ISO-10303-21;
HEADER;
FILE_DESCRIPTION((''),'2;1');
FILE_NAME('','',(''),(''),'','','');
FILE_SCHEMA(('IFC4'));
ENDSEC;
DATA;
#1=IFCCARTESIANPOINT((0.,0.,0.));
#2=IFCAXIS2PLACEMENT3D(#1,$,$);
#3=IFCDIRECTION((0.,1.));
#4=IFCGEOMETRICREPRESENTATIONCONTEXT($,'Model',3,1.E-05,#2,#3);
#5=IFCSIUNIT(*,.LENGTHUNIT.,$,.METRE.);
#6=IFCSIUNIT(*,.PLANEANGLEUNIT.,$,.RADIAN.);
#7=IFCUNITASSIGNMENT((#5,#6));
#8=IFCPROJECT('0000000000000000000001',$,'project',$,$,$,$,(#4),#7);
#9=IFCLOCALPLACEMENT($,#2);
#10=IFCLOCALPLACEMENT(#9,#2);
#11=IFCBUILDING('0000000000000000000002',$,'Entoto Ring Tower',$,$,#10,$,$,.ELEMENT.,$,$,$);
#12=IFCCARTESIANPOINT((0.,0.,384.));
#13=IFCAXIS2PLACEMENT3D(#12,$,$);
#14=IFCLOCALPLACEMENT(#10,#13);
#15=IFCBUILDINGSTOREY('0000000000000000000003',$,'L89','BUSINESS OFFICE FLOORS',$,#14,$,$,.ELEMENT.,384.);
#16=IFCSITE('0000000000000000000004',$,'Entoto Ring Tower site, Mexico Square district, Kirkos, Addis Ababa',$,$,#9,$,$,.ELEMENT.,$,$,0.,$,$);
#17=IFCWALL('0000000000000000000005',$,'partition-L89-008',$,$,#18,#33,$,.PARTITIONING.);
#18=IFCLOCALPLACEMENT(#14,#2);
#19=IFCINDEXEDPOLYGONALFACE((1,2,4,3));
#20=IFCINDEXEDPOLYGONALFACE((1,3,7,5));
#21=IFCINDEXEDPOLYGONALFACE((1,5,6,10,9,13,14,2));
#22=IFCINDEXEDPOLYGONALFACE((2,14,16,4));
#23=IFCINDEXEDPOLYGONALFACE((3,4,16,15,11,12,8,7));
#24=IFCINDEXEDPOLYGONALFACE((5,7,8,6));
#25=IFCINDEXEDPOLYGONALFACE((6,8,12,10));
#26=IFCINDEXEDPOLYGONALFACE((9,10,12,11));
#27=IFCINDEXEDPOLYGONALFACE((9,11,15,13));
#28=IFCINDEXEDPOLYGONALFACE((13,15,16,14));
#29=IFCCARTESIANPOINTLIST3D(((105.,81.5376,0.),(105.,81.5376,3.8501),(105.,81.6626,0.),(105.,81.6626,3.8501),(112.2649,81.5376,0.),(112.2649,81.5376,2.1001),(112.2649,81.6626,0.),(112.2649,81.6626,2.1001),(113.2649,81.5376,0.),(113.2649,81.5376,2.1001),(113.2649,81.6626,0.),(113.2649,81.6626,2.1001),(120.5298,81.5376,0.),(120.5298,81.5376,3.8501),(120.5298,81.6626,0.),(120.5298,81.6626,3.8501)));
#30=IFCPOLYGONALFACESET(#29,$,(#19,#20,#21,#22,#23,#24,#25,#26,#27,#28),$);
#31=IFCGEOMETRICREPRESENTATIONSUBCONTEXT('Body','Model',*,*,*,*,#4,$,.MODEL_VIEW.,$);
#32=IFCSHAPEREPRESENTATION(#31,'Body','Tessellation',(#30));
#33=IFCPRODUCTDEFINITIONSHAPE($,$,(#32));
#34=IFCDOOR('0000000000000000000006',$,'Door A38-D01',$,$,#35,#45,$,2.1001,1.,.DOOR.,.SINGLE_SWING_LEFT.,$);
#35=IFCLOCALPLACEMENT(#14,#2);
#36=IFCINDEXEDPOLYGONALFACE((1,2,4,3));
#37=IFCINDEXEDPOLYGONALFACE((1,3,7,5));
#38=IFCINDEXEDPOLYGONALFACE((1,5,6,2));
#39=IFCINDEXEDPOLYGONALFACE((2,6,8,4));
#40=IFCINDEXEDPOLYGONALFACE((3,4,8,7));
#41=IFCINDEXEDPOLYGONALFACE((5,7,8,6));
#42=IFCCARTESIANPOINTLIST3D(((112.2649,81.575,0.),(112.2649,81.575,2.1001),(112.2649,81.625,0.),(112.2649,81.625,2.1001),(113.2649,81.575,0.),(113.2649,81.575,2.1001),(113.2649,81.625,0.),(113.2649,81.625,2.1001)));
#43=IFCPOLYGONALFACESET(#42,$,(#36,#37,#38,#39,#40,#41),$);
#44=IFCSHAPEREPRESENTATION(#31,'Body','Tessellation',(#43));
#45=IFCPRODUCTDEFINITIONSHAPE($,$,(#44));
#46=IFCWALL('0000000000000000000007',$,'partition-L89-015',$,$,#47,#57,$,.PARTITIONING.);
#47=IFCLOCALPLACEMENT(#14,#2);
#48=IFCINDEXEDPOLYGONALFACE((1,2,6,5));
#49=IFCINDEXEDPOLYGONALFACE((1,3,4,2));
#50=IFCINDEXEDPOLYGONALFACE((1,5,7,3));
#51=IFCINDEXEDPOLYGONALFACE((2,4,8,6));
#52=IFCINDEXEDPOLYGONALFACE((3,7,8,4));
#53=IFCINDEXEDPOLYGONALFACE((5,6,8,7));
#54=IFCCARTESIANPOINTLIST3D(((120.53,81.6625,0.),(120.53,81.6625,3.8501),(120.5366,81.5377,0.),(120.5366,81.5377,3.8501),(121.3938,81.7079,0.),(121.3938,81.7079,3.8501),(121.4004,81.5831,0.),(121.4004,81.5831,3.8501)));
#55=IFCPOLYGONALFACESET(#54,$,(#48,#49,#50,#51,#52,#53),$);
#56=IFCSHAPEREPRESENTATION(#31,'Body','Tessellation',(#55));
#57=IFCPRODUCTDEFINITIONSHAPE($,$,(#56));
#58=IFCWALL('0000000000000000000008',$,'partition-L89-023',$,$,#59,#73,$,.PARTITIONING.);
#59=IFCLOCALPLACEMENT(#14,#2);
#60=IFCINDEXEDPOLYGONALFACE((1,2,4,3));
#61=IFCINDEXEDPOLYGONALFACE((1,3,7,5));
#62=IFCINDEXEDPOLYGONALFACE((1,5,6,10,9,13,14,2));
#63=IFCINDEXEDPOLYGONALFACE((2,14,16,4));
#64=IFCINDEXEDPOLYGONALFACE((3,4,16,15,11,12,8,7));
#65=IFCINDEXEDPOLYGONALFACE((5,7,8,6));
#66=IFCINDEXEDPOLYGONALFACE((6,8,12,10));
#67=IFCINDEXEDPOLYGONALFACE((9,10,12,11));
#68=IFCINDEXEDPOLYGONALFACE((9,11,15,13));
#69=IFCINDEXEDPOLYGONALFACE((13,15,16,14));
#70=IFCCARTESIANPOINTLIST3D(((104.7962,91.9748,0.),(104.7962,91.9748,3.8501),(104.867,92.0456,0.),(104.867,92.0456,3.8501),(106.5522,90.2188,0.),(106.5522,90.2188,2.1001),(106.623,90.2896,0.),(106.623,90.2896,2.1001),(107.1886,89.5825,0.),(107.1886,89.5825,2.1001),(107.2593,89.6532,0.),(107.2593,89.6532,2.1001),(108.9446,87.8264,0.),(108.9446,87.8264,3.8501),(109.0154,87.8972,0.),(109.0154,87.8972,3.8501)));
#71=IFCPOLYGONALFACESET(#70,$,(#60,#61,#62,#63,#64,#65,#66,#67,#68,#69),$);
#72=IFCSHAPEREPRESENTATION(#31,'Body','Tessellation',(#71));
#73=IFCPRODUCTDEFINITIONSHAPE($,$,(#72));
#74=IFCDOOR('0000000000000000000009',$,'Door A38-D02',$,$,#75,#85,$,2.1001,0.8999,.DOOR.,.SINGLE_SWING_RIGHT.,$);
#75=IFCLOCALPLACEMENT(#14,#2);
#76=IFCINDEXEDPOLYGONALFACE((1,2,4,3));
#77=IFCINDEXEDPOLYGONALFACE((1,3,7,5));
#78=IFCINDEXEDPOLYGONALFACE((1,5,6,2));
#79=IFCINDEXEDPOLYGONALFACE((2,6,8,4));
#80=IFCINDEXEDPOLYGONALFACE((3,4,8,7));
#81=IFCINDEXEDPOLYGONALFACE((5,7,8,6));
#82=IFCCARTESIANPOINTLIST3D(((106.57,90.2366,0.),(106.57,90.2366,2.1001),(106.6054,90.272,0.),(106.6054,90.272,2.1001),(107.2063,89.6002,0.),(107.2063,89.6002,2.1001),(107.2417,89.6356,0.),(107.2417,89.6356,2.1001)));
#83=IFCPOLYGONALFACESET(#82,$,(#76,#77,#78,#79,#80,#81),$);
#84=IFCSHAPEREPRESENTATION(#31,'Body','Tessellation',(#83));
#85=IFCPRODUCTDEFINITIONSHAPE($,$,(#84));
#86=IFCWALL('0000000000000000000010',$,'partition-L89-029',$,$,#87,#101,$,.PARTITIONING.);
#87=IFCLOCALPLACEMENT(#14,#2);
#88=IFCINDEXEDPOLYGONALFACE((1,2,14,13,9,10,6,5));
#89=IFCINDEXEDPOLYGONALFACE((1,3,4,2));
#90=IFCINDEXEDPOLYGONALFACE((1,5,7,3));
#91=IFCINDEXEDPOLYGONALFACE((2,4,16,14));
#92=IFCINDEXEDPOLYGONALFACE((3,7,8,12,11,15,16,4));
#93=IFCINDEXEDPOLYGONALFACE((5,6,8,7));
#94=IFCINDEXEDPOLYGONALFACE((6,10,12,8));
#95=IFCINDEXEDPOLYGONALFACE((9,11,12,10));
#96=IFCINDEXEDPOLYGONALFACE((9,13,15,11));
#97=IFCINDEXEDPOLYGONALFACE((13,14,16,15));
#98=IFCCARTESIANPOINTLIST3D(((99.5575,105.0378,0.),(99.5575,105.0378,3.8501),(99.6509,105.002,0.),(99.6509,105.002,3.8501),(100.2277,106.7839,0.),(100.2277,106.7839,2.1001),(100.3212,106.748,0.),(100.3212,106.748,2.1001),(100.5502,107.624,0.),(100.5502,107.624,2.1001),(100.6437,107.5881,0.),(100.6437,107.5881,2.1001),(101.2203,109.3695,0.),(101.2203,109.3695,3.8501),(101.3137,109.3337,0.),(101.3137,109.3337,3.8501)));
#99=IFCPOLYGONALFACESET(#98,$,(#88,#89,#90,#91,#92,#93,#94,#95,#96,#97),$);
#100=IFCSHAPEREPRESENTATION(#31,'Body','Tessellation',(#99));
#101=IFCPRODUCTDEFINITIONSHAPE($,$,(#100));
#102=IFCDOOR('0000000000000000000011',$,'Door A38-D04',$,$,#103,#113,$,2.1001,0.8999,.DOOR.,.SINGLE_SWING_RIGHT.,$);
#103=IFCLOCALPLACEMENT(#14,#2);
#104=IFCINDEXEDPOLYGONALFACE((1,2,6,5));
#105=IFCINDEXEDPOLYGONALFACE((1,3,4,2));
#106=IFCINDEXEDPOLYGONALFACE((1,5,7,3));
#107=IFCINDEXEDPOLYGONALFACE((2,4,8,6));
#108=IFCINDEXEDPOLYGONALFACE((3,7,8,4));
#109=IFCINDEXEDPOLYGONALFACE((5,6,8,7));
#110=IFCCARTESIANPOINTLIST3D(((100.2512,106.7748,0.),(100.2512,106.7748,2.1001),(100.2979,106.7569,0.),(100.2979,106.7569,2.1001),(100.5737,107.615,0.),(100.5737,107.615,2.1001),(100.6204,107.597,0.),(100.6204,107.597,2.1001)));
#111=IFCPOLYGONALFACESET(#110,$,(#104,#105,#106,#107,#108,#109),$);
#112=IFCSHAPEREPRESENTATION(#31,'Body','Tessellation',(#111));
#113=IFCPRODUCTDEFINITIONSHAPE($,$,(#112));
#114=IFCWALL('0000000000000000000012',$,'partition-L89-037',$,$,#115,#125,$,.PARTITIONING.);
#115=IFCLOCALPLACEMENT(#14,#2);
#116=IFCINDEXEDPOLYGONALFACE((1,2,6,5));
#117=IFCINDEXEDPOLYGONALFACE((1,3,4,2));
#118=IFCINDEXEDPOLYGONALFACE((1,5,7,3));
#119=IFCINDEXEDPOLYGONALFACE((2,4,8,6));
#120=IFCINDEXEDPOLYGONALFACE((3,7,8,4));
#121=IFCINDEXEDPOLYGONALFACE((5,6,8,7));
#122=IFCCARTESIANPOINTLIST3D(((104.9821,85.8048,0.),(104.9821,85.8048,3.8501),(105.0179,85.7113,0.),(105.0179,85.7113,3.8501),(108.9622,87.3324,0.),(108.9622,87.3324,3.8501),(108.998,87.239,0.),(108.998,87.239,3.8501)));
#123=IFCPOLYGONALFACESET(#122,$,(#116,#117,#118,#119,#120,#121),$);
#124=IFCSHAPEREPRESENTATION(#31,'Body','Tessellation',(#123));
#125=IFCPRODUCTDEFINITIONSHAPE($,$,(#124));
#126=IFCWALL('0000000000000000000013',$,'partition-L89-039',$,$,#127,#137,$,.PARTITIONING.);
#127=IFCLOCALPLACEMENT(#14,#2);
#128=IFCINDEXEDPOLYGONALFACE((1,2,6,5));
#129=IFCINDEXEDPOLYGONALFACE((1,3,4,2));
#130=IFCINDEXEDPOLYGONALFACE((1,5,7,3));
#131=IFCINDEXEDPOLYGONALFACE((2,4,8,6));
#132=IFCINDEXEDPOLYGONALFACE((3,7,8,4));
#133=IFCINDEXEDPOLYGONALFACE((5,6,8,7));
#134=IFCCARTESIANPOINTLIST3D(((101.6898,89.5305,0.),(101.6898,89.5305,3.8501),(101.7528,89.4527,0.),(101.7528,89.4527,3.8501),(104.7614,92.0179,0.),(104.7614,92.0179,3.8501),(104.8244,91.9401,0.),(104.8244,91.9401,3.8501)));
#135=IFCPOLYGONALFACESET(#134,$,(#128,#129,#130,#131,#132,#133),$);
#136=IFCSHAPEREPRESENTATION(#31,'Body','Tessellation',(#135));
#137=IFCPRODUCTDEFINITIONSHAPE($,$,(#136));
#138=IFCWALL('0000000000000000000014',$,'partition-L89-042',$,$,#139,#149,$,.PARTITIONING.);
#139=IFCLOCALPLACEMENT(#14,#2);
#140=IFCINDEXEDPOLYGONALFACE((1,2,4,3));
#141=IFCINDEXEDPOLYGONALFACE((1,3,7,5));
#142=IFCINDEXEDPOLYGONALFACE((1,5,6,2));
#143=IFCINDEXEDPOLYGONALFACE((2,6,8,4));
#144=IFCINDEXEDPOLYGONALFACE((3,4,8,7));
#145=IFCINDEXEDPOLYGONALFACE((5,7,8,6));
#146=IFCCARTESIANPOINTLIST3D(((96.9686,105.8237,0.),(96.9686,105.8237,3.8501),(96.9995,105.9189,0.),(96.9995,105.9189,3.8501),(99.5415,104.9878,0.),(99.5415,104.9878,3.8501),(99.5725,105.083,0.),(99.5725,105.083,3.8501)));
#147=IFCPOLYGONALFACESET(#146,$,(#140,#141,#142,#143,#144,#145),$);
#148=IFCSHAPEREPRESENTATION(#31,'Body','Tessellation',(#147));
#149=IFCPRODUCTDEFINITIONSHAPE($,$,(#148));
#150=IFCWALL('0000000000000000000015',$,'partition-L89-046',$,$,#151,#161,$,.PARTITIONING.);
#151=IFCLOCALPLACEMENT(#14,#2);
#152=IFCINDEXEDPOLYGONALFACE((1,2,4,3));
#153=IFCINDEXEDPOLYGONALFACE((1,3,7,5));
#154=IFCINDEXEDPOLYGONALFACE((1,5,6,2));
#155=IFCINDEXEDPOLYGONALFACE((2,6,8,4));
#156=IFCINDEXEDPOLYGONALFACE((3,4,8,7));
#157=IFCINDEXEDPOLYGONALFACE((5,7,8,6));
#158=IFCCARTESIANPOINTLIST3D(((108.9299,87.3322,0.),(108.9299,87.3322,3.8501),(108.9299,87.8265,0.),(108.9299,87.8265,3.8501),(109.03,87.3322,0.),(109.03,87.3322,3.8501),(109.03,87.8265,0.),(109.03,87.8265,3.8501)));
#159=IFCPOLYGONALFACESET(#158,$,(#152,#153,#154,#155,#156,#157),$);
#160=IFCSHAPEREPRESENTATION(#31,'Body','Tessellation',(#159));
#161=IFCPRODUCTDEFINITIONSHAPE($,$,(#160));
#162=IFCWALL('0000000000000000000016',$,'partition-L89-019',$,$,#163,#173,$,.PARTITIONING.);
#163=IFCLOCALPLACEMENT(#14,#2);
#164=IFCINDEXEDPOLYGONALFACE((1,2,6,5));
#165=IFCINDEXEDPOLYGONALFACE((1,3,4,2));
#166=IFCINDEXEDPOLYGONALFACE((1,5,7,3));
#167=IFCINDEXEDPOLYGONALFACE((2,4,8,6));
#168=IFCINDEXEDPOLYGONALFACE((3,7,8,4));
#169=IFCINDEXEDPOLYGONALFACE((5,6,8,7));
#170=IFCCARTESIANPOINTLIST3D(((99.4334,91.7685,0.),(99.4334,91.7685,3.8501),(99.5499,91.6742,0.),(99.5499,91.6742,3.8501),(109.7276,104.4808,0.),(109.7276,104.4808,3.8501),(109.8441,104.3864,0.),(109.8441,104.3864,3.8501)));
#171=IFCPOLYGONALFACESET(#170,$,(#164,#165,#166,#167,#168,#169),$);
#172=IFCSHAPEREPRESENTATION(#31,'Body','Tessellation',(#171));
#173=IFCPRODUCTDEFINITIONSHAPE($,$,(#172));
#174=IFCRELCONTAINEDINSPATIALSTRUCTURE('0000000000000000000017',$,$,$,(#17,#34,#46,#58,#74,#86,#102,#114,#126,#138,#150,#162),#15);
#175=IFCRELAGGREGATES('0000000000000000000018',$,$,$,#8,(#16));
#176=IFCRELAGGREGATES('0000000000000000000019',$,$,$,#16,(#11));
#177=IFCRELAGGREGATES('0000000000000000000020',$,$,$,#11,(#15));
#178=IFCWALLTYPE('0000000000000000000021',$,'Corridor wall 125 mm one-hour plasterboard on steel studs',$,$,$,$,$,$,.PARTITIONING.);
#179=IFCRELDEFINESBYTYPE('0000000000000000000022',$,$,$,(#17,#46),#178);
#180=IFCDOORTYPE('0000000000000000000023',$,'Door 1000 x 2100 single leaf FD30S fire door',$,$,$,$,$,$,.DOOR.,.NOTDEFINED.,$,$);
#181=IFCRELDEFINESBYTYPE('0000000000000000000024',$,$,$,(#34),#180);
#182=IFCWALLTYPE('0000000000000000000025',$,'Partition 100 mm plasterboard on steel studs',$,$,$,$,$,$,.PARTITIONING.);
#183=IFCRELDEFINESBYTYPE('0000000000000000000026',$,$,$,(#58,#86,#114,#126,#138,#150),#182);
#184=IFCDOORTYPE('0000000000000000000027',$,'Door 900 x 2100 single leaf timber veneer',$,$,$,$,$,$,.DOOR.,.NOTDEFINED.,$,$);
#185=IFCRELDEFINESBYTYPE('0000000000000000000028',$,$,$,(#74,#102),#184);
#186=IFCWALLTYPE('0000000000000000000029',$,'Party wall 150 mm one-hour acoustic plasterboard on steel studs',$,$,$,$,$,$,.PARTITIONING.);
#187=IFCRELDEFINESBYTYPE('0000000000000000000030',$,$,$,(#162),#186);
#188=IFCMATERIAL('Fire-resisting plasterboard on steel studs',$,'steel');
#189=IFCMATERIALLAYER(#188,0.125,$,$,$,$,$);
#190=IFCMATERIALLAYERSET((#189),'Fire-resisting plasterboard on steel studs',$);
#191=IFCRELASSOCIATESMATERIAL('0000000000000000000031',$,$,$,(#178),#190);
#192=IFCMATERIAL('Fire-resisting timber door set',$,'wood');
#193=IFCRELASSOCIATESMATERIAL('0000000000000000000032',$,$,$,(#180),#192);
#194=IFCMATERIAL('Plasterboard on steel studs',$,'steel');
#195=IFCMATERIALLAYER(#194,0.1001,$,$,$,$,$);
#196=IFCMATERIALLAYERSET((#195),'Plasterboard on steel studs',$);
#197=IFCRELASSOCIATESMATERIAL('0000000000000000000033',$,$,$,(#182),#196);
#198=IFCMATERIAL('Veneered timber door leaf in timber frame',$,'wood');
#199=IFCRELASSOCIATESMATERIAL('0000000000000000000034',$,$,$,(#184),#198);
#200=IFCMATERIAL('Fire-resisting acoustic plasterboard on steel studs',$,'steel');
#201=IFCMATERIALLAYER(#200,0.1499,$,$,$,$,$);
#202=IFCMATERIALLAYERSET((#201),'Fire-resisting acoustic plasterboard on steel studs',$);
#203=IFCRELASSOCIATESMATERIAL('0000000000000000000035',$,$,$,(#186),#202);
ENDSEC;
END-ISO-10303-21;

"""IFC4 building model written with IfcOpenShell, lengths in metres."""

from ifc_helpers import new_model, si_unit, direction, frame, frame_2d, origin, place, context, subcontext, project, spatial, rectangle, extrude, material, layer, layer_set, type_object, element, fill, save


model = new_model("IFC4")

# Units and contexts
model_context = context("Model", 3, precision=1e-05, world=origin(), true_north=direction((0.0, 1.0)))
body_context = subcontext(model_context, "Body", "Model", "MODEL_VIEW")
ifc_project = project(units=[si_unit("LENGTHUNIT", "METRE"), si_unit("PLANEANGLEUNIT", "RADIAN")], contexts=[model_context])

# Site, building, storey
site_placement = place(None, origin())
site = spatial("IfcSite", under=ifc_project, at=site_placement, Name="Entoto Ring Tower site, Mexico Square district, Kirkos, Addis Ababa", CompositionType="ELEMENT", RefElevation=0.0)
building_placement = place(site_placement, origin())
building = spatial("IfcBuilding", under=site, at=building_placement, Name="Entoto Ring Tower", CompositionType="ELEMENT")
storey_placement = place(building_placement, frame((0.0, 0.0, 384.0)))
storey = spatial("IfcBuildingStorey", under=building, at=storey_placement, Name="L89", Description="BUSINESS OFFICE FLOORS", CompositionType="ELEMENT", Elevation=384.0)

# Wall, opening, door
ifc_material_1 = material(Name="Fire-resisting plasterboard on steel studs", Category="steel")
ifc_layer_1 = layer(ifc_material_1, 0.125)
ifc_layer_set_1 = layer_set([ifc_layer_1], Name="Fire-resisting plasterboard on steel studs")
wall_type_1 = type_object("IfcWallType", Name="Corridor wall 125 mm one-hour plasterboard on steel studs", PredefinedType="PARTITIONING", material=ifc_layer_set_1)
ifc_material_2 = material(Name="Fire-resisting timber door set", Category="wood")
door_type_1 = type_object("IfcDoorType", Name="Door 1000 x 2100 single leaf FD30S fire door", OperationType="NOTDEFINED", PredefinedType="DOOR", material=ifc_material_2)
wall_1_placement = place(storey_placement, frame((105.0, 81.6001, 0.0), z_axis=(0.0, 0.0, 1.0), x_axis=(1.0, 0.0, 0.0)))
wall_1 = element("IfcWall", 1, at=wall_1_placement, inside=storey, type_object=wall_type_1, Name="partition-L89-008", PredefinedType="PARTITIONING", context=body_context, shape_type="SweptSolid", body=[
    extrude(rectangle(XDim=15.5298, YDim=0.125, at=frame_2d((7.7649, 0.0))), origin(), (0.0, 0.0, 1.0), 3.8501),
])
opening_1_placement = place(wall_1_placement, frame((7.2649, 0.0, 0.0)))
opening_1 = element("IfcOpeningElement", 2, at=opening_1_placement, cuts=wall_1, PredefinedType="OPENING", context=body_context, shape_type="SweptSolid", body=[
    extrude(rectangle(XDim=1.0, YDim=2.1001, at=frame_2d((0.5, 1.05))), frame((0.0, 0.0725, 0.0), z_axis=(0.0, -1.0, 0.0), x_axis=(1.0, 0.0, 0.0)), (0.0, 0.0, 1.0), 0.145),
])
door_1_placement = place(opening_1_placement, origin())
door_1 = element("IfcDoor", 3, at=door_1_placement, inside=storey, type_object=door_type_1, Name="Door A38-D01", OperationType="SINGLE_SWING_LEFT", OverallHeight=2.1001, OverallWidth=1.0, PredefinedType="DOOR", context=body_context, shape_type="SweptSolid", body=[
    extrude(rectangle(XDim=1.0, YDim=2.1001, at=frame_2d((0.5, 1.05))), frame((0.0, 0.0249, 0.0), z_axis=(0.0, -1.0, 0.0), x_axis=(1.0, 0.0, 0.0)), (0.0, 0.0, 1.0), 0.05),
])
fill(opening_1, door_1)

# Wall
wall_2_placement = place(storey_placement, frame((120.5332, 81.6001, 0.0), z_axis=(0.0, 0.0, 1.0), x_axis=(0.998621, 0.0525, 0.0)))
element("IfcWall", 4, at=wall_2_placement, inside=storey, type_object=wall_type_1, Name="partition-L89-015", PredefinedType="PARTITIONING", context=body_context, shape_type="SweptSolid", body=[
    extrude(rectangle(XDim=0.865, YDim=0.125, at=frame_2d((0.4326, 0.0))), origin(), (0.0, 0.0, 1.0), 3.8501),
])

# Walls, openings, doors
ifc_material_3 = material(Name="Plasterboard on steel studs", Category="steel")
ifc_layer_2 = layer(ifc_material_3, 0.1001)
ifc_layer_set_2 = layer_set([ifc_layer_2], Name="Plasterboard on steel studs")
wall_type_2 = type_object("IfcWallType", Name="Partition 100 mm plasterboard on steel studs", PredefinedType="PARTITIONING", material=ifc_layer_set_2)
wall_3_placement = place(storey_placement, frame((108.98, 87.8618, 0.0), z_axis=(0.0, 0.0, 1.0), x_axis=(-0.707107, 0.707107, 0.0)))
wall_3 = element("IfcWall", 5, at=wall_3_placement, inside=storey, type_object=wall_type_2, Name="partition-L89-023", PredefinedType="PARTITIONING", context=body_context, shape_type="SweptSolid", body=[
    extrude(rectangle(XDim=5.8667, YDim=0.1001, at=frame_2d((2.9333, 0.0))), origin(), (0.0, 0.0, 1.0), 3.8501),
])
opening_2_placement = place(wall_3_placement, frame((2.4834, 0.0, 0.0)))
opening_2 = element("IfcOpeningElement", 6, at=opening_2_placement, cuts=wall_3, PredefinedType="OPENING", context=body_context, shape_type="SweptSolid", body=[
    extrude(rectangle(XDim=0.8999, YDim=2.1001, at=frame_2d((0.45, 1.05))), frame((0.0, 0.0601, 0.0), z_axis=(0.0, -1.0, 0.0), x_axis=(1.0, 0.0, 0.0)), (0.0, 0.0, 1.0), 0.1201),
])
ifc_material_4 = material(Name="Veneered timber door leaf in timber frame", Category="wood")
door_type_2 = type_object("IfcDoorType", Name="Door 900 x 2100 single leaf timber veneer", OperationType="NOTDEFINED", PredefinedType="DOOR", material=ifc_material_4)
door_2_placement = place(opening_2_placement, origin())
door_2 = element("IfcDoor", 7, at=door_2_placement, inside=storey, type_object=door_type_2, Name="Door A38-D02", OperationType="SINGLE_SWING_RIGHT", OverallHeight=2.1001, OverallWidth=0.8999, PredefinedType="DOOR", context=body_context, shape_type="SweptSolid", body=[
    extrude(rectangle(XDim=0.8999, YDim=2.1001, at=frame_2d((0.45, 1.05))), frame((0.0, 0.0249, 0.0), z_axis=(0.0, -1.0, 0.0), x_axis=(1.0, 0.0, 0.0)), (0.0, 0.0, 1.0), 0.05),
])
fill(opening_2, door_2)
wall_4_placement = place(storey_placement, frame((99.6042, 105.02, 0.0), z_axis=(0.0, 0.0, 1.0), x_axis=(0.358373, 0.933579, 0.0)))
wall_4 = element("IfcWall", 8, at=wall_4_placement, inside=storey, type_object=wall_type_2, Name="partition-L89-029", PredefinedType="PARTITIONING", context=body_context, shape_type="SweptSolid", body=[
    extrude(rectangle(XDim=4.6399, YDim=0.1001, at=frame_2d((2.3198, 0.0))), origin(), (0.0, 0.0, 1.0), 3.8501),
])
opening_3_placement = place(wall_4_placement, frame((1.8701, 0.0, 0.0)))
opening_3 = element("IfcOpeningElement", 9, at=opening_3_placement, cuts=wall_4, PredefinedType="OPENING", context=body_context, shape_type="SweptSolid", body=[
    extrude(rectangle(XDim=0.8999, YDim=2.1001, at=frame_2d((0.45, 1.05))), frame((0.0, 0.0601, 0.0), z_axis=(0.0, -1.0, 0.0), x_axis=(1.0, 0.0, 0.0)), (0.0, 0.0, 1.0), 0.1201),
])
door_3_placement = place(opening_3_placement, origin())
door_3 = element("IfcDoor", 10, at=door_3_placement, inside=storey, type_object=door_type_2, Name="Door A38-D04", OperationType="SINGLE_SWING_RIGHT", OverallHeight=2.1001, OverallWidth=0.8999, PredefinedType="DOOR", context=body_context, shape_type="SweptSolid", body=[
    extrude(rectangle(XDim=0.8999, YDim=2.1001, at=frame_2d((0.45, 1.05))), frame((0.0, 0.0249, 0.0), z_axis=(0.0, -1.0, 0.0), x_axis=(1.0, 0.0, 0.0)), (0.0, 0.0, 1.0), 0.05),
])
fill(opening_3, door_3)

# Walls
wall_5_placement = place(storey_placement, frame((105.0, 85.7581, 0.0), z_axis=(0.0, 0.0, 1.0), x_axis=(0.933595, 0.35833, 0.0)))
element("IfcWall", 11, at=wall_5_placement, inside=storey, type_object=wall_type_2, Name="partition-L89-037", PredefinedType="PARTITIONING", context=body_context, shape_type="SweptSolid", body=[
    extrude(rectangle(XDim=4.2632, YDim=0.1001, at=frame_2d((2.1316, 0.0))), origin(), (0.0, 0.0, 1.0), 3.8501),
])
wall_6_placement = place(storey_placement, frame((101.7214, 89.4917, 0.0), z_axis=(0.0, 0.0, 1.0), x_axis=(0.777143, 0.629324, 0.0)))
element("IfcWall", 12, at=wall_6_placement, inside=storey, type_object=wall_type_2, Name="partition-L89-039", PredefinedType="PARTITIONING", context=body_context, shape_type="SweptSolid", body=[
    extrude(rectangle(XDim=3.9524, YDim=0.1001, at=frame_2d((1.9761, 0.0))), origin(), (0.0, 0.0, 1.0), 3.8501),
])
wall_7_placement = place(storey_placement, frame((99.5569, 105.0354, 0.0), z_axis=(0.0, 0.0, 1.0), x_axis=(-0.951065, 0.30899, 0.0)))
element("IfcWall", 13, at=wall_7_placement, inside=storey, type_object=wall_type_2, Name="partition-L89-042", PredefinedType="PARTITIONING", context=body_context, shape_type="SweptSolid", body=[
    extrude(rectangle(XDim=2.7053, YDim=0.1001, at=frame_2d((1.3525, 0.0))), origin(), (0.0, 0.0, 1.0), 3.8501),
])
wall_8_placement = place(storey_placement, frame((108.98, 87.3323, 0.0), z_axis=(0.0, 0.0, 1.0), x_axis=(0.0, 1.0, 0.0)))
element("IfcWall", 14, at=wall_8_placement, inside=storey, type_object=wall_type_2, Name="partition-L89-046", PredefinedType="PARTITIONING", context=body_context, shape_type="SweptSolid", body=[
    extrude(rectangle(XDim=0.4944, YDim=0.1001, at=frame_2d((0.2471, 0.0))), origin(), (0.0, 0.0, 1.0), 3.8501),
])
ifc_material_5 = material(Name="Fire-resisting acoustic plasterboard on steel studs", Category="steel")
ifc_layer_3 = layer(ifc_material_5, 0.1499)
ifc_layer_set_3 = layer_set([ifc_layer_3], Name="Fire-resisting acoustic plasterboard on steel studs")
wall_type_3 = type_object("IfcWallType", Name="Party wall 150 mm one-hour acoustic plasterboard on steel studs", PredefinedType="PARTITIONING", material=ifc_layer_set_3)
wall_9_placement = place(storey_placement, frame((99.4917, 91.7214, 0.0), z_axis=(0.0, 0.0, 1.0), x_axis=(0.629324, 0.777143, 0.0)))
element("IfcWall", 15, at=wall_9_placement, inside=storey, type_object=wall_type_3, Name="partition-L89-019", PredefinedType="PARTITIONING", context=body_context, shape_type="SweptSolid", body=[
    extrude(rectangle(XDim=16.3577, YDim=0.1499, at=frame_2d((8.1787, 0.0))), origin(), (0.0, 0.0, 1.0), 3.8501),
])

save(model, "model.ifc")
